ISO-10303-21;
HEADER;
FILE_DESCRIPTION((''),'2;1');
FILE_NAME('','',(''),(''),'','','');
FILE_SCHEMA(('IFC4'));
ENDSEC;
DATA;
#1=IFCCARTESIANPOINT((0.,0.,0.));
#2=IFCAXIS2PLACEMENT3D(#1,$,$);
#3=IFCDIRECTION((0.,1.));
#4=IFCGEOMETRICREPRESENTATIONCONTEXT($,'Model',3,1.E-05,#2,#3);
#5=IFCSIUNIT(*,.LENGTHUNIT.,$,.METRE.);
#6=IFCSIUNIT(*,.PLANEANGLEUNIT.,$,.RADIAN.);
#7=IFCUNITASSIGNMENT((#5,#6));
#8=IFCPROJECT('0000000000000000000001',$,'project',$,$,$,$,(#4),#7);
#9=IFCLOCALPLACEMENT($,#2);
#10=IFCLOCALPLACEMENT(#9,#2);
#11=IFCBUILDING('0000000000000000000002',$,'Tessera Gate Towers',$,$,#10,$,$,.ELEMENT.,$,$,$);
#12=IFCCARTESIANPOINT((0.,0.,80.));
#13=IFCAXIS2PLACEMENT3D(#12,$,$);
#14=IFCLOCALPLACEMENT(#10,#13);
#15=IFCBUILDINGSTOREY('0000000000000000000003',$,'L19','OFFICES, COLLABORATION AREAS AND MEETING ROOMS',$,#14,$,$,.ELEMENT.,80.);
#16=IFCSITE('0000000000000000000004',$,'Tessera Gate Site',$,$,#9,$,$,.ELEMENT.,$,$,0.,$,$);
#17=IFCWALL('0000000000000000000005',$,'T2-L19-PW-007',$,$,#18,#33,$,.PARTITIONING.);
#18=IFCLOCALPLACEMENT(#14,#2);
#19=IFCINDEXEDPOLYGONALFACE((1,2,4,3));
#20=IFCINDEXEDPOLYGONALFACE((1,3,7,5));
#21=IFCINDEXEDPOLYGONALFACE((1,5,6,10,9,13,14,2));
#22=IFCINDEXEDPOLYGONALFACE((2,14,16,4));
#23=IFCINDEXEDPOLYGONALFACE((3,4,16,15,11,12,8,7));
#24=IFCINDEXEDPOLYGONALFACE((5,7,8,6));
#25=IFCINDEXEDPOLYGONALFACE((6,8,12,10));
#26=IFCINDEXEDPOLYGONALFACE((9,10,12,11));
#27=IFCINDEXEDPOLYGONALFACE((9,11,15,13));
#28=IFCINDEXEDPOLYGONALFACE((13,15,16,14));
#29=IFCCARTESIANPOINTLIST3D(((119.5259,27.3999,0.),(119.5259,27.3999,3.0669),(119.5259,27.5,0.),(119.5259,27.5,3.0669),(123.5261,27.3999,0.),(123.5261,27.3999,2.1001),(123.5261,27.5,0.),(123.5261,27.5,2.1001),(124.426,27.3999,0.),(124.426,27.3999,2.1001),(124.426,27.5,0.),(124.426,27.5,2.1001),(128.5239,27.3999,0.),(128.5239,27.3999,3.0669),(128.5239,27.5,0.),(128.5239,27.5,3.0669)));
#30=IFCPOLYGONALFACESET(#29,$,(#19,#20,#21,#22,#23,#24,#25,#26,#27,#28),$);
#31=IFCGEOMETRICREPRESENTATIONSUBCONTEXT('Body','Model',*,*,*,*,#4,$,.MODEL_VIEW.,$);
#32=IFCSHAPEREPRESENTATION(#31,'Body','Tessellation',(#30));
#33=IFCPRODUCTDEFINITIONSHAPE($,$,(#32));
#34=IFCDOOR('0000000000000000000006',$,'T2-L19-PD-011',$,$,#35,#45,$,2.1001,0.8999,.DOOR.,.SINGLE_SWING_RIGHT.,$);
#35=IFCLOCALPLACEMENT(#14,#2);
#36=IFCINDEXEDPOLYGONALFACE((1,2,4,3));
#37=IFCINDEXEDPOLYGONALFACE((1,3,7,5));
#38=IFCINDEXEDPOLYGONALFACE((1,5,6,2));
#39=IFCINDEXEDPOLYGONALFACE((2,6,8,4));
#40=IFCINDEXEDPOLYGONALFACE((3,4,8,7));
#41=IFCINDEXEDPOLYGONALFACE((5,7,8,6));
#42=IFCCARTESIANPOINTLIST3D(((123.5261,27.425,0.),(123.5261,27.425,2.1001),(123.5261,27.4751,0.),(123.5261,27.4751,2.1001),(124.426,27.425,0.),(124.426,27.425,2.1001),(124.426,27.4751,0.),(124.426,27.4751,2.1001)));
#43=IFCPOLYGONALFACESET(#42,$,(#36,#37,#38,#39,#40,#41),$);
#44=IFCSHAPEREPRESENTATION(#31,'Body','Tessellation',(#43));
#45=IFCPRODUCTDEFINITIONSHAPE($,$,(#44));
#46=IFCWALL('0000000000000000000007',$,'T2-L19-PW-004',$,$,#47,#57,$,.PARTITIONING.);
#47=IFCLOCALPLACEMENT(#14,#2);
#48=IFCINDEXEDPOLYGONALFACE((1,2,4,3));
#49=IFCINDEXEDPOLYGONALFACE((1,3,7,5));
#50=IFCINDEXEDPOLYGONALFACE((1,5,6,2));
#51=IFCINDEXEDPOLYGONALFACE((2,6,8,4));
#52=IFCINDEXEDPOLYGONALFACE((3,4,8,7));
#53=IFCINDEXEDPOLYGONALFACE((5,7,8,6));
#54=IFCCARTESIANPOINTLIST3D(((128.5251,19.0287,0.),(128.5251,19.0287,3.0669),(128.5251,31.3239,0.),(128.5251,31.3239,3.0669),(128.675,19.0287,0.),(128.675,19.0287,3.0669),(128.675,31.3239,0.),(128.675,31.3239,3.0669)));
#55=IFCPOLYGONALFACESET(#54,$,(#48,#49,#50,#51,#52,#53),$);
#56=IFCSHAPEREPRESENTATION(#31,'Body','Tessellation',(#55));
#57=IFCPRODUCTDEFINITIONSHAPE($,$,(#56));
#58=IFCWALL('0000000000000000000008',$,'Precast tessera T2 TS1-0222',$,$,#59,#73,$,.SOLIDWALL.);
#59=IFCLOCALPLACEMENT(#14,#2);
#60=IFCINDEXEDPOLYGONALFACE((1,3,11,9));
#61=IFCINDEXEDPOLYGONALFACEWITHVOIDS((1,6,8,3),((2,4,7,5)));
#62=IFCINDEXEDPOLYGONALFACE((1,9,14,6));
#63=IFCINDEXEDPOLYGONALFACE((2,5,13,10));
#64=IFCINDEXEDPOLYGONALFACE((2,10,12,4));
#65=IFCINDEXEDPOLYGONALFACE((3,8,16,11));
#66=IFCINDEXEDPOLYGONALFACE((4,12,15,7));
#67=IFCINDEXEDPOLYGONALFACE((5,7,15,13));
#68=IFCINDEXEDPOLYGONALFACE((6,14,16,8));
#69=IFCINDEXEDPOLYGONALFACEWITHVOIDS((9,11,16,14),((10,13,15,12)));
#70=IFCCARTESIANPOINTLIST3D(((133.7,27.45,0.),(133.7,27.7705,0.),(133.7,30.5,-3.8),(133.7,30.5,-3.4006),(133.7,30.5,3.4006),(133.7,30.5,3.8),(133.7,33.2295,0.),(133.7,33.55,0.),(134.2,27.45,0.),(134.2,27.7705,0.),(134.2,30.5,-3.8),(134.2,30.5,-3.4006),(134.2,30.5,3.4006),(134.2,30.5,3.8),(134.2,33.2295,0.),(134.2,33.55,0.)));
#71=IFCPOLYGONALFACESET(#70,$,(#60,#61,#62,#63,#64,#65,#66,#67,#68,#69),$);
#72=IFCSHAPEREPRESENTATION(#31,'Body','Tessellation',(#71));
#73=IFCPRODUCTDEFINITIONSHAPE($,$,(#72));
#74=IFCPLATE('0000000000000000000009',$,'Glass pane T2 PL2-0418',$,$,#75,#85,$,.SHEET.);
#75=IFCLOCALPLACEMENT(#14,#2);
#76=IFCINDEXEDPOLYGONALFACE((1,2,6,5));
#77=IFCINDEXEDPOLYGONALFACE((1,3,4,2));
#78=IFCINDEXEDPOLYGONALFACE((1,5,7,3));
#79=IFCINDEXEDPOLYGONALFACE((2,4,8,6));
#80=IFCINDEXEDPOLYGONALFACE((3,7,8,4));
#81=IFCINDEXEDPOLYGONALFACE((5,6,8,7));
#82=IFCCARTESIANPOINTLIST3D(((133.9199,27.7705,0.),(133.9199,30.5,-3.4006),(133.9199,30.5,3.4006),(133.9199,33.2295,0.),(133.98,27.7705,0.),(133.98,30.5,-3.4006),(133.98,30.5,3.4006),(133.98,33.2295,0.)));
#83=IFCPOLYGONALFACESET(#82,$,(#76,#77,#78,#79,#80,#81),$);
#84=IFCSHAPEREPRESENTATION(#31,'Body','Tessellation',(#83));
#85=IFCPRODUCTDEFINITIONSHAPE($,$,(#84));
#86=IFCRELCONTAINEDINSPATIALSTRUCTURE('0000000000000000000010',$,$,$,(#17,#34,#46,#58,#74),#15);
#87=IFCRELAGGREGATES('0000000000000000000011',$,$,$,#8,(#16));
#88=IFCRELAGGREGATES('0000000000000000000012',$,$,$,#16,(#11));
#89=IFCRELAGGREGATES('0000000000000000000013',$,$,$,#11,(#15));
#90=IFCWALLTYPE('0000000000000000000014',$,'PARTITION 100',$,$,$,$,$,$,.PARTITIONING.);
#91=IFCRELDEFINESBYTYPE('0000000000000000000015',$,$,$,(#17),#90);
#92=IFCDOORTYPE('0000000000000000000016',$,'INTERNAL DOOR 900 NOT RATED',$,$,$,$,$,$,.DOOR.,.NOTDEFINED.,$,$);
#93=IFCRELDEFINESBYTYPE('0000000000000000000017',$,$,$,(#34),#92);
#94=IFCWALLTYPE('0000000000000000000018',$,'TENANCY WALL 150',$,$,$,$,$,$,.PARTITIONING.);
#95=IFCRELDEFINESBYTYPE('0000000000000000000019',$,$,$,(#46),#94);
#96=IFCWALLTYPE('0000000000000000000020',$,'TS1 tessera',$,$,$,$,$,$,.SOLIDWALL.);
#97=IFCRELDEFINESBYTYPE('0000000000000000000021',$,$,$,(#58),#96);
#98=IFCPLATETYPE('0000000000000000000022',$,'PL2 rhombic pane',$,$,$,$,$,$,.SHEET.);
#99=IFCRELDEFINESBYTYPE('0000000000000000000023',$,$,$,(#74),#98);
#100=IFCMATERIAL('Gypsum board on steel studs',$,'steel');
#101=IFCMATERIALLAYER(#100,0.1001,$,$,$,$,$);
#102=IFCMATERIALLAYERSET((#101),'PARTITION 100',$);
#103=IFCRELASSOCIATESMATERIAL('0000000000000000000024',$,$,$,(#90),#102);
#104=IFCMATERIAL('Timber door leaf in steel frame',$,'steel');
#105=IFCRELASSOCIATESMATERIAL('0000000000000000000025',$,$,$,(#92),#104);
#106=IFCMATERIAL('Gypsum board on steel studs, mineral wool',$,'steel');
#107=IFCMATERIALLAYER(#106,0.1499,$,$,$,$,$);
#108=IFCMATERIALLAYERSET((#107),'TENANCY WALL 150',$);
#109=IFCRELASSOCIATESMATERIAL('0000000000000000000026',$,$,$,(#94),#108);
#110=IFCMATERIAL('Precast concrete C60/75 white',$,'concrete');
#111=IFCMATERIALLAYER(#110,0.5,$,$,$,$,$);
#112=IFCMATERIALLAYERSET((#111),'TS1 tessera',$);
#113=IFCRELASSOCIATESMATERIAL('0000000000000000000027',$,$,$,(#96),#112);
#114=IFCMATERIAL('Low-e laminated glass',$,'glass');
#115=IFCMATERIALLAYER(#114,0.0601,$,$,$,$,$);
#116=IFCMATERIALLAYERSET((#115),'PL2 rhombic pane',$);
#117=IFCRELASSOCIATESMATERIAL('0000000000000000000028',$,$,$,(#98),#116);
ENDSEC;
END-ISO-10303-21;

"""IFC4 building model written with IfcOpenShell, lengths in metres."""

from ifc_helpers import new_model, si_unit, direction, frame, frame_2d, origin, place, context, subcontext, project, spatial, polyline, rectangle, outline, extrude, source, transform, mapped, material, layer, layer_set, type_object, element, fill, save


model = new_model("IFC4")

# Units and contexts
model_context = context("Model", 3, precision=1e-05, world=origin(), true_north=direction((0.0, 1.0)))
body_context = subcontext(model_context, "Body", "Model", "MODEL_VIEW")
ifc_project = project(units=[si_unit("LENGTHUNIT", "METRE"), si_unit("PLANEANGLEUNIT", "RADIAN")], contexts=[model_context])

# Site, building, storey
site_placement = place(None, origin())
site = spatial("IfcSite", under=ifc_project, at=site_placement, Name="Tessera Gate Site", CompositionType="ELEMENT", RefElevation=0.0)
building_placement = place(site_placement, origin())
building = spatial("IfcBuilding", under=site, at=building_placement, Name="Tessera Gate Towers", CompositionType="ELEMENT")
storey_placement = place(building_placement, frame((0.0, 0.0, 80.0)))
storey = spatial("IfcBuildingStorey", under=building, at=storey_placement, Name="L19", Description="OFFICES, COLLABORATION AREAS AND MEETING ROOMS", CompositionType="ELEMENT", Elevation=80.0)

# Shared definitions
ifc_material_1 = material(Name="Gypsum board on steel studs", Category="steel")
ifc_layer_1 = layer(ifc_material_1, 0.1001)
ifc_layer_set_1 = layer_set([ifc_layer_1], Name="PARTITION 100")
wall_type_1 = type_object("IfcWallType", Name="PARTITION 100", PredefinedType="PARTITIONING", material=ifc_layer_set_1)

# Wall, opening, door
wall_1_placement = place(storey_placement, frame((128.5239, 27.45, 0.0), z_axis=(0.0, 0.0, 1.0), x_axis=(-1.0, 0.0, 0.0)))
wall_1 = element("IfcWall", 1, at=wall_1_placement, inside=storey, type_object=wall_type_1, Name="T2-L19-PW-007", PredefinedType="PARTITIONING", context=body_context, shape_type="SweptSolid", body=[
    extrude(rectangle(XDim=8.998, YDim=0.1001, at=frame_2d((4.499, 0.0))), origin(), (0.0, 0.0, 1.0), 3.0669),
])
shared_shape_1 = source(origin(), body_context, "Body", "SweptSolid", [
    extrude(rectangle(XDim=0.8999, YDim=2.1001, at=frame_2d((0.45, 1.05))), frame((0.0, 0.0601, 0.0), z_axis=(0.0, -1.0, 0.0), x_axis=(1.0, 0.0, 0.0)), (0.0, 0.0, 1.0), 0.1201),
])
opening_1_placement = place(wall_1_placement, frame((4.0979, 0.0, 0.0)))
opening_1 = element("IfcOpeningElement", 2, at=opening_1_placement, cuts=wall_1, PredefinedType="OPENING", context=body_context, shape_type="MappedRepresentation", body=[
    mapped(shared_shape_1, transform((0.0, 0.0, 0.0), scale=1.0)),
])
ifc_material_2 = material(Name="Timber door leaf in steel frame", Category="steel")
door_type = type_object("IfcDoorType", Name="INTERNAL DOOR 900 NOT RATED", OperationType="NOTDEFINED", PredefinedType="DOOR", material=ifc_material_2)
shared_shape_2 = source(origin(), body_context, "Body", "SweptSolid", [
    extrude(rectangle(XDim=0.8999, YDim=2.1001, at=frame_2d((0.45, 1.05))), frame((0.0, 0.0249, 0.0), z_axis=(0.0, -1.0, 0.0), x_axis=(1.0, 0.0, 0.0)), (0.0, 0.0, 1.0), 0.05),
])
door_placement = place(opening_1_placement, origin())
door = element("IfcDoor", 3, at=door_placement, inside=storey, type_object=door_type, Name="T2-L19-PD-011", OperationType="SINGLE_SWING_RIGHT", OverallHeight=2.1001, OverallWidth=0.8999, PredefinedType="DOOR", context=body_context, shape_type="MappedRepresentation", body=[
    mapped(shared_shape_2, transform((0.0, 0.0, 0.0), scale=1.0)),
])
fill(opening_1, door)

# Wall
ifc_material_3 = material(Name="Gypsum board on steel studs, mineral wool", Category="steel")
ifc_layer_2 = layer(ifc_material_3, 0.1499)
ifc_layer_set_2 = layer_set([ifc_layer_2], Name="TENANCY WALL 150")
wall_type_2 = type_object("IfcWallType", Name="TENANCY WALL 150", PredefinedType="PARTITIONING", material=ifc_layer_set_2)
wall_2_placement = place(storey_placement, frame((128.6001, 19.0288, 0.0), z_axis=(0.0, 0.0, 1.0), x_axis=(0.0, 1.0, 0.0)))
element("IfcWall", 4, at=wall_2_placement, inside=storey, type_object=wall_type_2, Name="T2-L19-PW-004", PredefinedType="PARTITIONING", context=body_context, shape_type="SweptSolid", body=[
    extrude(rectangle(XDim=12.2952, YDim=0.1499, at=frame_2d((6.1475, 0.0))), origin(), (0.0, 0.0, 1.0), 3.0669),
])

# Wall, opening, plate
ifc_material_4 = material(Name="Precast concrete C60/75 white", Category="concrete")
ifc_layer_3 = layer(ifc_material_4, 0.5)
ifc_layer_set_3 = layer_set([ifc_layer_3], Name="TS1 tessera")
wall_type_3 = type_object("IfcWallType", Name="TS1 tessera", PredefinedType="SOLIDWALL", material=ifc_layer_set_3)
shared_shape_3 = source(origin(), body_context, "Body", "SweptSolid", [
    extrude(outline(polyline([(3.05, 0.0), (6.1001, 3.8), (3.05, 7.6001), (0.0, 3.8), (3.05, 0.0)])), frame((0.0, 0.25, 0.0), z_axis=(0.0, -1.0, 0.0), x_axis=(1.0, 0.0, 0.0)), (0.0, 0.0, 1.0), 0.5),
])
wall_3_placement = place(storey_placement, frame((133.95, 27.45, -3.8), z_axis=(0.0, 0.0, 1.0), x_axis=(0.0, 1.0, 0.0)))
wall_3 = element("IfcWall", 5, at=wall_3_placement, inside=storey, type_object=wall_type_3, Name="Precast tessera T2 TS1-0222", PredefinedType="SOLIDWALL", context=body_context, shape_type="MappedRepresentation", body=[
    mapped(shared_shape_3, transform((0.0, 0.0, 0.0), scale=1.0)),
])
shared_shape_4 = source(origin(), body_context, "Body", "SweptSolid", [
    extrude(outline(polyline([(3.05, 0.3994), (5.7795, 3.8), (3.05, 7.2007), (0.3206, 3.8), (3.05, 0.3994)])), frame((0.0, 0.26, 0.0), z_axis=(0.0, -1.0, 0.0), x_axis=(1.0, 0.0, 0.0)), (0.0, 0.0, 1.0), 0.52),
])
opening_2_placement = place(wall_3_placement, origin())
opening_2 = element("IfcOpeningElement", 6, at=opening_2_placement, cuts=wall_3, PredefinedType="OPENING", context=body_context, shape_type="MappedRepresentation", body=[
    mapped(shared_shape_4, transform((0.0, 0.0, 0.0), scale=1.0)),
])
ifc_material_5 = material(Name="Low-e laminated glass", Category="glass")
ifc_layer_4 = layer(ifc_material_5, 0.0601)
ifc_layer_set_4 = layer_set([ifc_layer_4], Name="PL2 rhombic pane")
plate_type = type_object("IfcPlateType", Name="PL2 rhombic pane", PredefinedType="SHEET", material=ifc_layer_set_4)
shared_shape_5 = source(origin(), body_context, "Body", "SweptSolid", [
    extrude(outline(polyline([(3.05, 0.3994), (5.7795, 3.8), (3.05, 7.2007), (0.3206, 3.8), (3.05, 0.3994)])), frame((0.0, 0.03, 0.0), z_axis=(0.0, -1.0, 0.0), x_axis=(1.0, 0.0, 0.0)), (0.0, 0.0, 1.0), 0.0601),
])
plate_placement = place(opening_2_placement, origin())
plate = element("IfcPlate", 7, at=plate_placement, inside=storey, type_object=plate_type, Name="Glass pane T2 PL2-0418", PredefinedType="SHEET", context=body_context, shape_type="MappedRepresentation", body=[
    mapped(shared_shape_5, transform((0.0, 0.0, 0.0), scale=1.0)),
])
fill(opening_2, plate)

save(model, "model.ifc")
